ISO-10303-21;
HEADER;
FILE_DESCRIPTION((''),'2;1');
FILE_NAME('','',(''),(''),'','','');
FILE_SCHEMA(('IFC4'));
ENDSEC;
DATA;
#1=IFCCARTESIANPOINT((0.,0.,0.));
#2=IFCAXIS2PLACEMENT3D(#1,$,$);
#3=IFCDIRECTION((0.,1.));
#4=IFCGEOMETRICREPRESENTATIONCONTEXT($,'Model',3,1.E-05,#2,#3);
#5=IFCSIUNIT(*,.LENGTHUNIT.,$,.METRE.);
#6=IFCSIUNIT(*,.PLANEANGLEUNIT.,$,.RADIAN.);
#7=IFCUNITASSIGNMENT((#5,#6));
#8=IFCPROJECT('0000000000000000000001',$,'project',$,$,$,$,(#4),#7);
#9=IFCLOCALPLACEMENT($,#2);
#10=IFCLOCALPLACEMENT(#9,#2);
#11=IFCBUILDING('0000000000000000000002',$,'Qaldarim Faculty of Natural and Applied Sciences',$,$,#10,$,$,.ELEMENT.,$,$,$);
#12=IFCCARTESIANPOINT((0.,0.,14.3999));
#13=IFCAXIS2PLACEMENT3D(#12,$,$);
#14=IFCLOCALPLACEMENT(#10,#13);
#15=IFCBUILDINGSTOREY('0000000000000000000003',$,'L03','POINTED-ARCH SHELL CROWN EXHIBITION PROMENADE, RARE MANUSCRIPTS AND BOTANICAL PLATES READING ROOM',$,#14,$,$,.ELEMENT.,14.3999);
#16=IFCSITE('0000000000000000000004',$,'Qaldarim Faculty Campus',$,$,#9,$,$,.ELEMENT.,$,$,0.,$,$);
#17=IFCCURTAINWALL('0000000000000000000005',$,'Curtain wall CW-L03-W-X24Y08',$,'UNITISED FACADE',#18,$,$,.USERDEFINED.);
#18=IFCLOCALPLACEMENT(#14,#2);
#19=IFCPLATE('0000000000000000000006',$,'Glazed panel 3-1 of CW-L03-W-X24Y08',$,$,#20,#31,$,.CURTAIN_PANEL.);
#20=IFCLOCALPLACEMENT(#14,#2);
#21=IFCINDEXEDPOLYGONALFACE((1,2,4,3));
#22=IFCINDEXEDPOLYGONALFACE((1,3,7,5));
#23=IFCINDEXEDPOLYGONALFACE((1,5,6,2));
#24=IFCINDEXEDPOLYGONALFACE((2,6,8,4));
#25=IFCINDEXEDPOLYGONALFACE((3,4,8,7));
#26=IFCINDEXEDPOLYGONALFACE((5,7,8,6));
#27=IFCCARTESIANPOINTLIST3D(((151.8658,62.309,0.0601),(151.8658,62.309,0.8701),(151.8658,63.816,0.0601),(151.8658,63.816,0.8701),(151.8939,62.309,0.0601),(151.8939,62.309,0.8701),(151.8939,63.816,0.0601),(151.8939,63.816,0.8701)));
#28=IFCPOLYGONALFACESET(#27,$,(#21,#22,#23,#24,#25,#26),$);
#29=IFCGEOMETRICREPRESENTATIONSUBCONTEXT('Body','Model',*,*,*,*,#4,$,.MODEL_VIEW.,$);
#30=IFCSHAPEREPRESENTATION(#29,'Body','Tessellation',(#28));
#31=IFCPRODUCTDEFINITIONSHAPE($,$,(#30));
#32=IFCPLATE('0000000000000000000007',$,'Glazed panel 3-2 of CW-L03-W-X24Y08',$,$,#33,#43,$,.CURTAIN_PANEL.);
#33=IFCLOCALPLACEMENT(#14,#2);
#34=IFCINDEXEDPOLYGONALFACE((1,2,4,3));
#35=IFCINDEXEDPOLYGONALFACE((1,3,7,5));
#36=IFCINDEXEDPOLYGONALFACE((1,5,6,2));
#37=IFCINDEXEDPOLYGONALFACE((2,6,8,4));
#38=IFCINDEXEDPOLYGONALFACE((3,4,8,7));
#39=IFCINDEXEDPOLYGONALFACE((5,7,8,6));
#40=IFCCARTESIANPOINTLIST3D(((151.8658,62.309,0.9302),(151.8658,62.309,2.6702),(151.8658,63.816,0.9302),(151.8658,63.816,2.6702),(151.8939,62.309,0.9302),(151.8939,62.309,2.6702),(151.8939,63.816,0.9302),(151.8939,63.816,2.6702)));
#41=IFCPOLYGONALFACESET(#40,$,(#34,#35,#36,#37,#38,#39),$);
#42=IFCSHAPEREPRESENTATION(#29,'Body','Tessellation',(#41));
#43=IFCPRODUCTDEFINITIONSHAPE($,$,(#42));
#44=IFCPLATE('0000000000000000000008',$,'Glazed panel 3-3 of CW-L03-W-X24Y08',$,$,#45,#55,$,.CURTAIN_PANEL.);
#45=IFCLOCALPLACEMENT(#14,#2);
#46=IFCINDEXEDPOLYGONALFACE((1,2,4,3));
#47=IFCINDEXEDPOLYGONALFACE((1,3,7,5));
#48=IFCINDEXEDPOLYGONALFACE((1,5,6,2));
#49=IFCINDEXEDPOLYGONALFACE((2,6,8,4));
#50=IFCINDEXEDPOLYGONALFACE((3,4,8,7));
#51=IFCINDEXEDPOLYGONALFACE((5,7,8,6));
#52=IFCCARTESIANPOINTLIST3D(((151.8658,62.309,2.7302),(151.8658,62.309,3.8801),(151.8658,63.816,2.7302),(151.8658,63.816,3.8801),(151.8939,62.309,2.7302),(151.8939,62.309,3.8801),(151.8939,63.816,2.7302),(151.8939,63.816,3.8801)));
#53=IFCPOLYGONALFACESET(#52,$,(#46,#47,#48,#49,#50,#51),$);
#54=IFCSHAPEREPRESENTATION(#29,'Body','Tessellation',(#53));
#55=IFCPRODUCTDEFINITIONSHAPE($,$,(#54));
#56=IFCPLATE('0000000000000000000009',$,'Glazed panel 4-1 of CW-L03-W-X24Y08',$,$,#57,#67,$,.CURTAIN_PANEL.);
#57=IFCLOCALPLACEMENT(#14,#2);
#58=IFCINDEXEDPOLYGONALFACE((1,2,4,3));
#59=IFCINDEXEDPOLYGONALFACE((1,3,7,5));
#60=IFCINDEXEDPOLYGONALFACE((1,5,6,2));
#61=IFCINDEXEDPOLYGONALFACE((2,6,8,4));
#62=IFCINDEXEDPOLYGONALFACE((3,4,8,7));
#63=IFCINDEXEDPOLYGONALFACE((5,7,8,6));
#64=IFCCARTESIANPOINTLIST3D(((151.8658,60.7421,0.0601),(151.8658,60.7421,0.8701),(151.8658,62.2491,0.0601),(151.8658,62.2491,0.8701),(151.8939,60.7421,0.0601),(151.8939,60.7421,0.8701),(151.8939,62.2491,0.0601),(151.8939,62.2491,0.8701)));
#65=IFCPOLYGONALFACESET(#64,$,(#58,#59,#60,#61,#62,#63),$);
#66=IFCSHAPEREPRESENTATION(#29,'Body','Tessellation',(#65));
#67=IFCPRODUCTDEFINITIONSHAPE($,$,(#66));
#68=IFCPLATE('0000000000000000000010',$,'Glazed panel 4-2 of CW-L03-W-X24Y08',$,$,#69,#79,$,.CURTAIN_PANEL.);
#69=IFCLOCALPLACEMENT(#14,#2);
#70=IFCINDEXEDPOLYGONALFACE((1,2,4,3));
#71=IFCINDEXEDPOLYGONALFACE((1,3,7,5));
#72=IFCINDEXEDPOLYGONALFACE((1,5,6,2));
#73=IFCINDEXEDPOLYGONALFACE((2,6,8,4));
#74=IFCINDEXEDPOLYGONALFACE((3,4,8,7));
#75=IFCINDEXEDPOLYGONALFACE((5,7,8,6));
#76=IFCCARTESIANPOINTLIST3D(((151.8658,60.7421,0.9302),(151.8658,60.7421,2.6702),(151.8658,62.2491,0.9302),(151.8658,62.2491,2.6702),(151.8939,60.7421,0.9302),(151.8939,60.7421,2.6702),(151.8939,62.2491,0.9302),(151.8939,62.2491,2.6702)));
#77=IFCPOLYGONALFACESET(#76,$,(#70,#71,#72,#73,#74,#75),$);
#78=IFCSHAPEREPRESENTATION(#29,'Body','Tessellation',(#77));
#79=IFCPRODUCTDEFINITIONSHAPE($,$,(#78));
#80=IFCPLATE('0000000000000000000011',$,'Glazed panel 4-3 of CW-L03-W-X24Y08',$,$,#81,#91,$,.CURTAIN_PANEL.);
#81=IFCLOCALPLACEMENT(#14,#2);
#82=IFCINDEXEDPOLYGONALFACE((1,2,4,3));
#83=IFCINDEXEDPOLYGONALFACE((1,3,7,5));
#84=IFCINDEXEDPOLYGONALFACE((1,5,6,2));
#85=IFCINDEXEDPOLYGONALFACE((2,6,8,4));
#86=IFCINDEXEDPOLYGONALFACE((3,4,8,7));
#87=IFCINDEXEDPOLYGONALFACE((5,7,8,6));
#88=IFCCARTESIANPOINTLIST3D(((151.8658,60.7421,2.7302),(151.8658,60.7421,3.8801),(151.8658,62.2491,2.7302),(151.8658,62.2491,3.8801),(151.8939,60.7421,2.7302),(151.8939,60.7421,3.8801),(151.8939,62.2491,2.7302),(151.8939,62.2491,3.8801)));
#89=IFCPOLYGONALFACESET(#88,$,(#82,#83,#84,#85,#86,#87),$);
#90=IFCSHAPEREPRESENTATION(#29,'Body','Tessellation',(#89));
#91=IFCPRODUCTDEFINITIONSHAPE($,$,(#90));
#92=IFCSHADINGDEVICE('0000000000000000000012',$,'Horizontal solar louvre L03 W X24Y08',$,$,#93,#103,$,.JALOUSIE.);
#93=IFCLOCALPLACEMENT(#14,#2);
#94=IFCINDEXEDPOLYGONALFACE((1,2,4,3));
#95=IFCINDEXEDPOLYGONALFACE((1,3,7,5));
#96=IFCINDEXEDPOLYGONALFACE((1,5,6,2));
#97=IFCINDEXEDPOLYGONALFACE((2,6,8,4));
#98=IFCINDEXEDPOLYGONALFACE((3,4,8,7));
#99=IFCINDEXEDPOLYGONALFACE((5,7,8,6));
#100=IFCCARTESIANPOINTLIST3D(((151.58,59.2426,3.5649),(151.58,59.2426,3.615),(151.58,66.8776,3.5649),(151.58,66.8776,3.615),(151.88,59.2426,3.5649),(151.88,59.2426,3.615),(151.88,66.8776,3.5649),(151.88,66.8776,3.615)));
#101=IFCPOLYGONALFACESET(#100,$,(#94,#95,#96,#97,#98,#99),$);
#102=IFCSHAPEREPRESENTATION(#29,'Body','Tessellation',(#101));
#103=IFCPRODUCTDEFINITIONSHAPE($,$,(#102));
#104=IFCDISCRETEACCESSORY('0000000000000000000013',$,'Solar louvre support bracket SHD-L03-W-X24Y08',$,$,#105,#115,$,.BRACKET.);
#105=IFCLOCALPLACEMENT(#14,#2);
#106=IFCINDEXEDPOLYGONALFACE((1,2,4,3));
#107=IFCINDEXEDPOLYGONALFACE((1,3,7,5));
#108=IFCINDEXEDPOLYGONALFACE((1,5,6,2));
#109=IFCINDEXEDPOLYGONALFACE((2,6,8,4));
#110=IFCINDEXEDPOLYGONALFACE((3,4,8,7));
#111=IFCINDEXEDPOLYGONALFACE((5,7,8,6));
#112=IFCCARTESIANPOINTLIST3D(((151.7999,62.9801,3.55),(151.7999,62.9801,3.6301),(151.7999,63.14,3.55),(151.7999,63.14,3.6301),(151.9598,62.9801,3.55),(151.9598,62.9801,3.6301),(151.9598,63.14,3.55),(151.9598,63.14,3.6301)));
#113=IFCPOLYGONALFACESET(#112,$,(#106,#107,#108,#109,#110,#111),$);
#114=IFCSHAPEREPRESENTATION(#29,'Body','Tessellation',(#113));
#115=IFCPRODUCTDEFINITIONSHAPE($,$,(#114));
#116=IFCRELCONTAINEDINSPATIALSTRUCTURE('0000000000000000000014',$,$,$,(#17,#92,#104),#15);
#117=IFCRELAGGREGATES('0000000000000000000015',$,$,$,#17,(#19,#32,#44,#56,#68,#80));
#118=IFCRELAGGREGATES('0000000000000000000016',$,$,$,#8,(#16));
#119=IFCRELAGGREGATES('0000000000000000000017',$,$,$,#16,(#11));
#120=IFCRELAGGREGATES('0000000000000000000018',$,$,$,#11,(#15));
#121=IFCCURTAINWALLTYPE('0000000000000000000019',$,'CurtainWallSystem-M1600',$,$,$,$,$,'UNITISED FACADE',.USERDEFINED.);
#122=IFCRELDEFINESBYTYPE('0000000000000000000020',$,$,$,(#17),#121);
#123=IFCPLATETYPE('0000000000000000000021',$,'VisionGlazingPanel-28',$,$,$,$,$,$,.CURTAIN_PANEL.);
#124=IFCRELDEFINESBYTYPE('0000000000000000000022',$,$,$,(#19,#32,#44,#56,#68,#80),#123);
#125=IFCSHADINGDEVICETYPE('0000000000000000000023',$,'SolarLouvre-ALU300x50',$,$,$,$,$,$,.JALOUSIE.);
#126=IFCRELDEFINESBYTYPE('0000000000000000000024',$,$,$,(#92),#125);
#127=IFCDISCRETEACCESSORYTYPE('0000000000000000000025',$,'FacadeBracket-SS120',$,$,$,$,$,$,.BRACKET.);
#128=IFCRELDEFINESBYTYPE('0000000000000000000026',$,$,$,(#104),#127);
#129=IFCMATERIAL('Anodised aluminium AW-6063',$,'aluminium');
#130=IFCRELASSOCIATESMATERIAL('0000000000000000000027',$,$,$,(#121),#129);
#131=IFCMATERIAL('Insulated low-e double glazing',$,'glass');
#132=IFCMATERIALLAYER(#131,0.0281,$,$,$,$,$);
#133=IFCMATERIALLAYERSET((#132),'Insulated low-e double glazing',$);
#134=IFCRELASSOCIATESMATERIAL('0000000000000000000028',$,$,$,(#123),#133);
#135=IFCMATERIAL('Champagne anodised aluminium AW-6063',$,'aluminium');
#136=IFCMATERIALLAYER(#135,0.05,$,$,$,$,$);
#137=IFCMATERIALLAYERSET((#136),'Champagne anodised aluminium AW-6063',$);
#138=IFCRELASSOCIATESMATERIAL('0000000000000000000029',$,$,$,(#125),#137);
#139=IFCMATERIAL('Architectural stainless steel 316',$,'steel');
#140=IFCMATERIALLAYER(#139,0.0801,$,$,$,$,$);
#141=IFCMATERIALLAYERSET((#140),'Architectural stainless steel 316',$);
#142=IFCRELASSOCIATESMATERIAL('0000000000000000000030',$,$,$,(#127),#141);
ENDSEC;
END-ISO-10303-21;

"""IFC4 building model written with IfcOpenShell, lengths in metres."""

from ifc_helpers import new_model, si_unit, direction, frame, origin, origin_2d, place, context, subcontext, project, spatial, rectangle, extrude, material, layer, layer_set, type_object, element, aggregate, save


model = new_model("IFC4")

# Units and contexts
model_context = context("Model", 3, precision=1e-05, world=origin(), true_north=direction((0.0, 1.0)))
body_context = subcontext(model_context, "Body", "Model", "MODEL_VIEW")
ifc_project = project(units=[si_unit("LENGTHUNIT", "METRE"), si_unit("PLANEANGLEUNIT", "RADIAN")], contexts=[model_context])

# Site, building, storey
site_placement = place(None, origin())
site = spatial("IfcSite", under=ifc_project, at=site_placement, Name="Qaldarim Faculty Campus", CompositionType="ELEMENT", RefElevation=0.0)
building_placement = place(site_placement, origin())
building = spatial("IfcBuilding", under=site, at=building_placement, Name="Qaldarim Faculty of Natural and Applied Sciences", CompositionType="ELEMENT")
storey_placement = place(building_placement, frame((0.0, 0.0, 14.3999)))
storey = spatial("IfcBuildingStorey", under=building, at=storey_placement, Name="L03", Description="POINTED-ARCH SHELL CROWN EXHIBITION PROMENADE, RARE MANUSCRIPTS AND BOTANICAL PLATES READING ROOM", CompositionType="ELEMENT", Elevation=14.3999)

# Curtain wall, plates
ifc_material_1 = material(Name="Anodised aluminium AW-6063", Category="aluminium")
curtain_wall_type = type_object("IfcCurtainWallType", Name="CurtainWallSystem-M1600", ElementType="UNITISED FACADE", PredefinedType="USERDEFINED", material=ifc_material_1)
curtain_wall_placement = place(storey_placement, origin())
curtain_wall = element("IfcCurtainWall", 1, at=curtain_wall_placement, inside=storey, type_object=curtain_wall_type, Name="Curtain wall CW-L03-W-X24Y08", ObjectType="UNITISED FACADE", PredefinedType="USERDEFINED")
ifc_material_2 = material(Name="Insulated low-e double glazing", Category="glass")
ifc_layer_1 = layer(ifc_material_2, 0.0281)
ifc_layer_set_1 = layer_set([ifc_layer_1], Name="Insulated low-e double glazing")
plate_type = type_object("IfcPlateType", Name="VisionGlazingPanel-28", PredefinedType="CURTAIN_PANEL", material=ifc_layer_set_1)
plate_1_placement = place(storey_placement, frame((151.8799, 63.0625, 0.0601), z_axis=(0.0, 0.0, 1.0), x_axis=(0.0, -1.0, 0.0)))
plate_1 = element("IfcPlate", 2, at=plate_1_placement, type_object=plate_type, Name="Glazed panel 3-1 of CW-L03-W-X24Y08", PredefinedType="CURTAIN_PANEL", context=body_context, shape_type="SweptSolid", body=[
    extrude(rectangle(XDim=1.5071, YDim=0.0281, at=origin_2d()), origin(), (0.0, 0.0, 1.0), 0.8101),
])
plate_2_placement = place(storey_placement, frame((151.8799, 63.0625, 0.9302), z_axis=(0.0, 0.0, 1.0), x_axis=(0.0, -1.0, 0.0)))
plate_2 = element("IfcPlate", 3, at=plate_2_placement, type_object=plate_type, Name="Glazed panel 3-2 of CW-L03-W-X24Y08", PredefinedType="CURTAIN_PANEL", context=body_context, shape_type="SweptSolid", body=[
    extrude(rectangle(XDim=1.5071, YDim=0.0281, at=origin_2d()), origin(), (0.0, 0.0, 1.0), 1.74),
])
plate_3_placement = place(storey_placement, frame((151.8799, 63.0625, 2.7302), z_axis=(0.0, 0.0, 1.0), x_axis=(0.0, -1.0, 0.0)))
plate_3 = element("IfcPlate", 4, at=plate_3_placement, type_object=plate_type, Name="Glazed panel 3-3 of CW-L03-W-X24Y08", PredefinedType="CURTAIN_PANEL", context=body_context, shape_type="SweptSolid", body=[
    extrude(rectangle(XDim=1.5071, YDim=0.0281, at=origin_2d()), origin(), (0.0, 0.0, 1.0), 1.1499),
])
plate_4_placement = place(storey_placement, frame((151.8799, 61.4956, 0.0601), z_axis=(0.0, 0.0, 1.0), x_axis=(0.0, -1.0, 0.0)))
plate_4 = element("IfcPlate", 5, at=plate_4_placement, type_object=plate_type, Name="Glazed panel 4-1 of CW-L03-W-X24Y08", PredefinedType="CURTAIN_PANEL", context=body_context, shape_type="SweptSolid", body=[
    extrude(rectangle(XDim=1.5071, YDim=0.0281, at=origin_2d()), origin(), (0.0, 0.0, 1.0), 0.8101),
])
plate_5_placement = place(storey_placement, frame((151.8799, 61.4956, 0.9302), z_axis=(0.0, 0.0, 1.0), x_axis=(0.0, -1.0, 0.0)))
plate_5 = element("IfcPlate", 6, at=plate_5_placement, type_object=plate_type, Name="Glazed panel 4-2 of CW-L03-W-X24Y08", PredefinedType="CURTAIN_PANEL", context=body_context, shape_type="SweptSolid", body=[
    extrude(rectangle(XDim=1.5071, YDim=0.0281, at=origin_2d()), origin(), (0.0, 0.0, 1.0), 1.74),
])
plate_6_placement = place(storey_placement, frame((151.8799, 61.4956, 2.7302), z_axis=(0.0, 0.0, 1.0), x_axis=(0.0, -1.0, 0.0)))
plate_6 = element("IfcPlate", 7, at=plate_6_placement, type_object=plate_type, Name="Glazed panel 4-3 of CW-L03-W-X24Y08", PredefinedType="CURTAIN_PANEL", context=body_context, shape_type="SweptSolid", body=[
    extrude(rectangle(XDim=1.5071, YDim=0.0281, at=origin_2d()), origin(), (0.0, 0.0, 1.0), 1.1499),
])
aggregate(curtain_wall, [plate_1, plate_2, plate_3, plate_4, plate_5, plate_6])

# Shading device
ifc_material_3 = material(Name="Champagne anodised aluminium AW-6063", Category="aluminium")
ifc_layer_2 = layer(ifc_material_3, 0.05)
ifc_layer_set_2 = layer_set([ifc_layer_2], Name="Champagne anodised aluminium AW-6063")
shading_device_type = type_object("IfcShadingDeviceType", Name="SolarLouvre-ALU300x50", PredefinedType="JALOUSIE", material=ifc_layer_set_2)
shading_device_placement = place(storey_placement, frame((151.73, 63.0601, 3.5649), z_axis=(0.0, 0.0, 1.0), x_axis=(0.0, 1.0, 0.0)))
element("IfcShadingDevice", 8, at=shading_device_placement, inside=storey, type_object=shading_device_type, Name="Horizontal solar louvre L03 W X24Y08", PredefinedType="JALOUSIE", context=body_context, shape_type="SweptSolid", body=[
    extrude(rectangle(XDim=7.635, YDim=0.3, at=origin_2d()), origin(), (0.0, 0.0, 1.0), 0.05),
])

# Discrete accessory
ifc_material_4 = material(Name="Architectural stainless steel 316", Category="steel")
ifc_layer_3 = layer(ifc_material_4, 0.0801)
ifc_layer_set_3 = layer_set([ifc_layer_3], Name="Architectural stainless steel 316")
discrete_accessory_type = type_object("IfcDiscreteAccessoryType", Name="FacadeBracket-SS120", PredefinedType="BRACKET", material=ifc_layer_set_3)
discrete_accessory_placement = place(storey_placement, frame((151.8799, 63.0601, 3.55), z_axis=(0.0, 0.0, 1.0), x_axis=(0.0, 1.0, 0.0)))
element("IfcDiscreteAccessory", 9, at=discrete_accessory_placement, inside=storey, type_object=discrete_accessory_type, Name="Solar louvre support bracket SHD-L03-W-X24Y08", PredefinedType="BRACKET", context=body_context, shape_type="SweptSolid", body=[
    extrude(rectangle(XDim=0.1599, YDim=0.1599, at=origin_2d()), origin(), (0.0, 0.0, 1.0), 0.0801),
])

save(model, "model.ifc")
